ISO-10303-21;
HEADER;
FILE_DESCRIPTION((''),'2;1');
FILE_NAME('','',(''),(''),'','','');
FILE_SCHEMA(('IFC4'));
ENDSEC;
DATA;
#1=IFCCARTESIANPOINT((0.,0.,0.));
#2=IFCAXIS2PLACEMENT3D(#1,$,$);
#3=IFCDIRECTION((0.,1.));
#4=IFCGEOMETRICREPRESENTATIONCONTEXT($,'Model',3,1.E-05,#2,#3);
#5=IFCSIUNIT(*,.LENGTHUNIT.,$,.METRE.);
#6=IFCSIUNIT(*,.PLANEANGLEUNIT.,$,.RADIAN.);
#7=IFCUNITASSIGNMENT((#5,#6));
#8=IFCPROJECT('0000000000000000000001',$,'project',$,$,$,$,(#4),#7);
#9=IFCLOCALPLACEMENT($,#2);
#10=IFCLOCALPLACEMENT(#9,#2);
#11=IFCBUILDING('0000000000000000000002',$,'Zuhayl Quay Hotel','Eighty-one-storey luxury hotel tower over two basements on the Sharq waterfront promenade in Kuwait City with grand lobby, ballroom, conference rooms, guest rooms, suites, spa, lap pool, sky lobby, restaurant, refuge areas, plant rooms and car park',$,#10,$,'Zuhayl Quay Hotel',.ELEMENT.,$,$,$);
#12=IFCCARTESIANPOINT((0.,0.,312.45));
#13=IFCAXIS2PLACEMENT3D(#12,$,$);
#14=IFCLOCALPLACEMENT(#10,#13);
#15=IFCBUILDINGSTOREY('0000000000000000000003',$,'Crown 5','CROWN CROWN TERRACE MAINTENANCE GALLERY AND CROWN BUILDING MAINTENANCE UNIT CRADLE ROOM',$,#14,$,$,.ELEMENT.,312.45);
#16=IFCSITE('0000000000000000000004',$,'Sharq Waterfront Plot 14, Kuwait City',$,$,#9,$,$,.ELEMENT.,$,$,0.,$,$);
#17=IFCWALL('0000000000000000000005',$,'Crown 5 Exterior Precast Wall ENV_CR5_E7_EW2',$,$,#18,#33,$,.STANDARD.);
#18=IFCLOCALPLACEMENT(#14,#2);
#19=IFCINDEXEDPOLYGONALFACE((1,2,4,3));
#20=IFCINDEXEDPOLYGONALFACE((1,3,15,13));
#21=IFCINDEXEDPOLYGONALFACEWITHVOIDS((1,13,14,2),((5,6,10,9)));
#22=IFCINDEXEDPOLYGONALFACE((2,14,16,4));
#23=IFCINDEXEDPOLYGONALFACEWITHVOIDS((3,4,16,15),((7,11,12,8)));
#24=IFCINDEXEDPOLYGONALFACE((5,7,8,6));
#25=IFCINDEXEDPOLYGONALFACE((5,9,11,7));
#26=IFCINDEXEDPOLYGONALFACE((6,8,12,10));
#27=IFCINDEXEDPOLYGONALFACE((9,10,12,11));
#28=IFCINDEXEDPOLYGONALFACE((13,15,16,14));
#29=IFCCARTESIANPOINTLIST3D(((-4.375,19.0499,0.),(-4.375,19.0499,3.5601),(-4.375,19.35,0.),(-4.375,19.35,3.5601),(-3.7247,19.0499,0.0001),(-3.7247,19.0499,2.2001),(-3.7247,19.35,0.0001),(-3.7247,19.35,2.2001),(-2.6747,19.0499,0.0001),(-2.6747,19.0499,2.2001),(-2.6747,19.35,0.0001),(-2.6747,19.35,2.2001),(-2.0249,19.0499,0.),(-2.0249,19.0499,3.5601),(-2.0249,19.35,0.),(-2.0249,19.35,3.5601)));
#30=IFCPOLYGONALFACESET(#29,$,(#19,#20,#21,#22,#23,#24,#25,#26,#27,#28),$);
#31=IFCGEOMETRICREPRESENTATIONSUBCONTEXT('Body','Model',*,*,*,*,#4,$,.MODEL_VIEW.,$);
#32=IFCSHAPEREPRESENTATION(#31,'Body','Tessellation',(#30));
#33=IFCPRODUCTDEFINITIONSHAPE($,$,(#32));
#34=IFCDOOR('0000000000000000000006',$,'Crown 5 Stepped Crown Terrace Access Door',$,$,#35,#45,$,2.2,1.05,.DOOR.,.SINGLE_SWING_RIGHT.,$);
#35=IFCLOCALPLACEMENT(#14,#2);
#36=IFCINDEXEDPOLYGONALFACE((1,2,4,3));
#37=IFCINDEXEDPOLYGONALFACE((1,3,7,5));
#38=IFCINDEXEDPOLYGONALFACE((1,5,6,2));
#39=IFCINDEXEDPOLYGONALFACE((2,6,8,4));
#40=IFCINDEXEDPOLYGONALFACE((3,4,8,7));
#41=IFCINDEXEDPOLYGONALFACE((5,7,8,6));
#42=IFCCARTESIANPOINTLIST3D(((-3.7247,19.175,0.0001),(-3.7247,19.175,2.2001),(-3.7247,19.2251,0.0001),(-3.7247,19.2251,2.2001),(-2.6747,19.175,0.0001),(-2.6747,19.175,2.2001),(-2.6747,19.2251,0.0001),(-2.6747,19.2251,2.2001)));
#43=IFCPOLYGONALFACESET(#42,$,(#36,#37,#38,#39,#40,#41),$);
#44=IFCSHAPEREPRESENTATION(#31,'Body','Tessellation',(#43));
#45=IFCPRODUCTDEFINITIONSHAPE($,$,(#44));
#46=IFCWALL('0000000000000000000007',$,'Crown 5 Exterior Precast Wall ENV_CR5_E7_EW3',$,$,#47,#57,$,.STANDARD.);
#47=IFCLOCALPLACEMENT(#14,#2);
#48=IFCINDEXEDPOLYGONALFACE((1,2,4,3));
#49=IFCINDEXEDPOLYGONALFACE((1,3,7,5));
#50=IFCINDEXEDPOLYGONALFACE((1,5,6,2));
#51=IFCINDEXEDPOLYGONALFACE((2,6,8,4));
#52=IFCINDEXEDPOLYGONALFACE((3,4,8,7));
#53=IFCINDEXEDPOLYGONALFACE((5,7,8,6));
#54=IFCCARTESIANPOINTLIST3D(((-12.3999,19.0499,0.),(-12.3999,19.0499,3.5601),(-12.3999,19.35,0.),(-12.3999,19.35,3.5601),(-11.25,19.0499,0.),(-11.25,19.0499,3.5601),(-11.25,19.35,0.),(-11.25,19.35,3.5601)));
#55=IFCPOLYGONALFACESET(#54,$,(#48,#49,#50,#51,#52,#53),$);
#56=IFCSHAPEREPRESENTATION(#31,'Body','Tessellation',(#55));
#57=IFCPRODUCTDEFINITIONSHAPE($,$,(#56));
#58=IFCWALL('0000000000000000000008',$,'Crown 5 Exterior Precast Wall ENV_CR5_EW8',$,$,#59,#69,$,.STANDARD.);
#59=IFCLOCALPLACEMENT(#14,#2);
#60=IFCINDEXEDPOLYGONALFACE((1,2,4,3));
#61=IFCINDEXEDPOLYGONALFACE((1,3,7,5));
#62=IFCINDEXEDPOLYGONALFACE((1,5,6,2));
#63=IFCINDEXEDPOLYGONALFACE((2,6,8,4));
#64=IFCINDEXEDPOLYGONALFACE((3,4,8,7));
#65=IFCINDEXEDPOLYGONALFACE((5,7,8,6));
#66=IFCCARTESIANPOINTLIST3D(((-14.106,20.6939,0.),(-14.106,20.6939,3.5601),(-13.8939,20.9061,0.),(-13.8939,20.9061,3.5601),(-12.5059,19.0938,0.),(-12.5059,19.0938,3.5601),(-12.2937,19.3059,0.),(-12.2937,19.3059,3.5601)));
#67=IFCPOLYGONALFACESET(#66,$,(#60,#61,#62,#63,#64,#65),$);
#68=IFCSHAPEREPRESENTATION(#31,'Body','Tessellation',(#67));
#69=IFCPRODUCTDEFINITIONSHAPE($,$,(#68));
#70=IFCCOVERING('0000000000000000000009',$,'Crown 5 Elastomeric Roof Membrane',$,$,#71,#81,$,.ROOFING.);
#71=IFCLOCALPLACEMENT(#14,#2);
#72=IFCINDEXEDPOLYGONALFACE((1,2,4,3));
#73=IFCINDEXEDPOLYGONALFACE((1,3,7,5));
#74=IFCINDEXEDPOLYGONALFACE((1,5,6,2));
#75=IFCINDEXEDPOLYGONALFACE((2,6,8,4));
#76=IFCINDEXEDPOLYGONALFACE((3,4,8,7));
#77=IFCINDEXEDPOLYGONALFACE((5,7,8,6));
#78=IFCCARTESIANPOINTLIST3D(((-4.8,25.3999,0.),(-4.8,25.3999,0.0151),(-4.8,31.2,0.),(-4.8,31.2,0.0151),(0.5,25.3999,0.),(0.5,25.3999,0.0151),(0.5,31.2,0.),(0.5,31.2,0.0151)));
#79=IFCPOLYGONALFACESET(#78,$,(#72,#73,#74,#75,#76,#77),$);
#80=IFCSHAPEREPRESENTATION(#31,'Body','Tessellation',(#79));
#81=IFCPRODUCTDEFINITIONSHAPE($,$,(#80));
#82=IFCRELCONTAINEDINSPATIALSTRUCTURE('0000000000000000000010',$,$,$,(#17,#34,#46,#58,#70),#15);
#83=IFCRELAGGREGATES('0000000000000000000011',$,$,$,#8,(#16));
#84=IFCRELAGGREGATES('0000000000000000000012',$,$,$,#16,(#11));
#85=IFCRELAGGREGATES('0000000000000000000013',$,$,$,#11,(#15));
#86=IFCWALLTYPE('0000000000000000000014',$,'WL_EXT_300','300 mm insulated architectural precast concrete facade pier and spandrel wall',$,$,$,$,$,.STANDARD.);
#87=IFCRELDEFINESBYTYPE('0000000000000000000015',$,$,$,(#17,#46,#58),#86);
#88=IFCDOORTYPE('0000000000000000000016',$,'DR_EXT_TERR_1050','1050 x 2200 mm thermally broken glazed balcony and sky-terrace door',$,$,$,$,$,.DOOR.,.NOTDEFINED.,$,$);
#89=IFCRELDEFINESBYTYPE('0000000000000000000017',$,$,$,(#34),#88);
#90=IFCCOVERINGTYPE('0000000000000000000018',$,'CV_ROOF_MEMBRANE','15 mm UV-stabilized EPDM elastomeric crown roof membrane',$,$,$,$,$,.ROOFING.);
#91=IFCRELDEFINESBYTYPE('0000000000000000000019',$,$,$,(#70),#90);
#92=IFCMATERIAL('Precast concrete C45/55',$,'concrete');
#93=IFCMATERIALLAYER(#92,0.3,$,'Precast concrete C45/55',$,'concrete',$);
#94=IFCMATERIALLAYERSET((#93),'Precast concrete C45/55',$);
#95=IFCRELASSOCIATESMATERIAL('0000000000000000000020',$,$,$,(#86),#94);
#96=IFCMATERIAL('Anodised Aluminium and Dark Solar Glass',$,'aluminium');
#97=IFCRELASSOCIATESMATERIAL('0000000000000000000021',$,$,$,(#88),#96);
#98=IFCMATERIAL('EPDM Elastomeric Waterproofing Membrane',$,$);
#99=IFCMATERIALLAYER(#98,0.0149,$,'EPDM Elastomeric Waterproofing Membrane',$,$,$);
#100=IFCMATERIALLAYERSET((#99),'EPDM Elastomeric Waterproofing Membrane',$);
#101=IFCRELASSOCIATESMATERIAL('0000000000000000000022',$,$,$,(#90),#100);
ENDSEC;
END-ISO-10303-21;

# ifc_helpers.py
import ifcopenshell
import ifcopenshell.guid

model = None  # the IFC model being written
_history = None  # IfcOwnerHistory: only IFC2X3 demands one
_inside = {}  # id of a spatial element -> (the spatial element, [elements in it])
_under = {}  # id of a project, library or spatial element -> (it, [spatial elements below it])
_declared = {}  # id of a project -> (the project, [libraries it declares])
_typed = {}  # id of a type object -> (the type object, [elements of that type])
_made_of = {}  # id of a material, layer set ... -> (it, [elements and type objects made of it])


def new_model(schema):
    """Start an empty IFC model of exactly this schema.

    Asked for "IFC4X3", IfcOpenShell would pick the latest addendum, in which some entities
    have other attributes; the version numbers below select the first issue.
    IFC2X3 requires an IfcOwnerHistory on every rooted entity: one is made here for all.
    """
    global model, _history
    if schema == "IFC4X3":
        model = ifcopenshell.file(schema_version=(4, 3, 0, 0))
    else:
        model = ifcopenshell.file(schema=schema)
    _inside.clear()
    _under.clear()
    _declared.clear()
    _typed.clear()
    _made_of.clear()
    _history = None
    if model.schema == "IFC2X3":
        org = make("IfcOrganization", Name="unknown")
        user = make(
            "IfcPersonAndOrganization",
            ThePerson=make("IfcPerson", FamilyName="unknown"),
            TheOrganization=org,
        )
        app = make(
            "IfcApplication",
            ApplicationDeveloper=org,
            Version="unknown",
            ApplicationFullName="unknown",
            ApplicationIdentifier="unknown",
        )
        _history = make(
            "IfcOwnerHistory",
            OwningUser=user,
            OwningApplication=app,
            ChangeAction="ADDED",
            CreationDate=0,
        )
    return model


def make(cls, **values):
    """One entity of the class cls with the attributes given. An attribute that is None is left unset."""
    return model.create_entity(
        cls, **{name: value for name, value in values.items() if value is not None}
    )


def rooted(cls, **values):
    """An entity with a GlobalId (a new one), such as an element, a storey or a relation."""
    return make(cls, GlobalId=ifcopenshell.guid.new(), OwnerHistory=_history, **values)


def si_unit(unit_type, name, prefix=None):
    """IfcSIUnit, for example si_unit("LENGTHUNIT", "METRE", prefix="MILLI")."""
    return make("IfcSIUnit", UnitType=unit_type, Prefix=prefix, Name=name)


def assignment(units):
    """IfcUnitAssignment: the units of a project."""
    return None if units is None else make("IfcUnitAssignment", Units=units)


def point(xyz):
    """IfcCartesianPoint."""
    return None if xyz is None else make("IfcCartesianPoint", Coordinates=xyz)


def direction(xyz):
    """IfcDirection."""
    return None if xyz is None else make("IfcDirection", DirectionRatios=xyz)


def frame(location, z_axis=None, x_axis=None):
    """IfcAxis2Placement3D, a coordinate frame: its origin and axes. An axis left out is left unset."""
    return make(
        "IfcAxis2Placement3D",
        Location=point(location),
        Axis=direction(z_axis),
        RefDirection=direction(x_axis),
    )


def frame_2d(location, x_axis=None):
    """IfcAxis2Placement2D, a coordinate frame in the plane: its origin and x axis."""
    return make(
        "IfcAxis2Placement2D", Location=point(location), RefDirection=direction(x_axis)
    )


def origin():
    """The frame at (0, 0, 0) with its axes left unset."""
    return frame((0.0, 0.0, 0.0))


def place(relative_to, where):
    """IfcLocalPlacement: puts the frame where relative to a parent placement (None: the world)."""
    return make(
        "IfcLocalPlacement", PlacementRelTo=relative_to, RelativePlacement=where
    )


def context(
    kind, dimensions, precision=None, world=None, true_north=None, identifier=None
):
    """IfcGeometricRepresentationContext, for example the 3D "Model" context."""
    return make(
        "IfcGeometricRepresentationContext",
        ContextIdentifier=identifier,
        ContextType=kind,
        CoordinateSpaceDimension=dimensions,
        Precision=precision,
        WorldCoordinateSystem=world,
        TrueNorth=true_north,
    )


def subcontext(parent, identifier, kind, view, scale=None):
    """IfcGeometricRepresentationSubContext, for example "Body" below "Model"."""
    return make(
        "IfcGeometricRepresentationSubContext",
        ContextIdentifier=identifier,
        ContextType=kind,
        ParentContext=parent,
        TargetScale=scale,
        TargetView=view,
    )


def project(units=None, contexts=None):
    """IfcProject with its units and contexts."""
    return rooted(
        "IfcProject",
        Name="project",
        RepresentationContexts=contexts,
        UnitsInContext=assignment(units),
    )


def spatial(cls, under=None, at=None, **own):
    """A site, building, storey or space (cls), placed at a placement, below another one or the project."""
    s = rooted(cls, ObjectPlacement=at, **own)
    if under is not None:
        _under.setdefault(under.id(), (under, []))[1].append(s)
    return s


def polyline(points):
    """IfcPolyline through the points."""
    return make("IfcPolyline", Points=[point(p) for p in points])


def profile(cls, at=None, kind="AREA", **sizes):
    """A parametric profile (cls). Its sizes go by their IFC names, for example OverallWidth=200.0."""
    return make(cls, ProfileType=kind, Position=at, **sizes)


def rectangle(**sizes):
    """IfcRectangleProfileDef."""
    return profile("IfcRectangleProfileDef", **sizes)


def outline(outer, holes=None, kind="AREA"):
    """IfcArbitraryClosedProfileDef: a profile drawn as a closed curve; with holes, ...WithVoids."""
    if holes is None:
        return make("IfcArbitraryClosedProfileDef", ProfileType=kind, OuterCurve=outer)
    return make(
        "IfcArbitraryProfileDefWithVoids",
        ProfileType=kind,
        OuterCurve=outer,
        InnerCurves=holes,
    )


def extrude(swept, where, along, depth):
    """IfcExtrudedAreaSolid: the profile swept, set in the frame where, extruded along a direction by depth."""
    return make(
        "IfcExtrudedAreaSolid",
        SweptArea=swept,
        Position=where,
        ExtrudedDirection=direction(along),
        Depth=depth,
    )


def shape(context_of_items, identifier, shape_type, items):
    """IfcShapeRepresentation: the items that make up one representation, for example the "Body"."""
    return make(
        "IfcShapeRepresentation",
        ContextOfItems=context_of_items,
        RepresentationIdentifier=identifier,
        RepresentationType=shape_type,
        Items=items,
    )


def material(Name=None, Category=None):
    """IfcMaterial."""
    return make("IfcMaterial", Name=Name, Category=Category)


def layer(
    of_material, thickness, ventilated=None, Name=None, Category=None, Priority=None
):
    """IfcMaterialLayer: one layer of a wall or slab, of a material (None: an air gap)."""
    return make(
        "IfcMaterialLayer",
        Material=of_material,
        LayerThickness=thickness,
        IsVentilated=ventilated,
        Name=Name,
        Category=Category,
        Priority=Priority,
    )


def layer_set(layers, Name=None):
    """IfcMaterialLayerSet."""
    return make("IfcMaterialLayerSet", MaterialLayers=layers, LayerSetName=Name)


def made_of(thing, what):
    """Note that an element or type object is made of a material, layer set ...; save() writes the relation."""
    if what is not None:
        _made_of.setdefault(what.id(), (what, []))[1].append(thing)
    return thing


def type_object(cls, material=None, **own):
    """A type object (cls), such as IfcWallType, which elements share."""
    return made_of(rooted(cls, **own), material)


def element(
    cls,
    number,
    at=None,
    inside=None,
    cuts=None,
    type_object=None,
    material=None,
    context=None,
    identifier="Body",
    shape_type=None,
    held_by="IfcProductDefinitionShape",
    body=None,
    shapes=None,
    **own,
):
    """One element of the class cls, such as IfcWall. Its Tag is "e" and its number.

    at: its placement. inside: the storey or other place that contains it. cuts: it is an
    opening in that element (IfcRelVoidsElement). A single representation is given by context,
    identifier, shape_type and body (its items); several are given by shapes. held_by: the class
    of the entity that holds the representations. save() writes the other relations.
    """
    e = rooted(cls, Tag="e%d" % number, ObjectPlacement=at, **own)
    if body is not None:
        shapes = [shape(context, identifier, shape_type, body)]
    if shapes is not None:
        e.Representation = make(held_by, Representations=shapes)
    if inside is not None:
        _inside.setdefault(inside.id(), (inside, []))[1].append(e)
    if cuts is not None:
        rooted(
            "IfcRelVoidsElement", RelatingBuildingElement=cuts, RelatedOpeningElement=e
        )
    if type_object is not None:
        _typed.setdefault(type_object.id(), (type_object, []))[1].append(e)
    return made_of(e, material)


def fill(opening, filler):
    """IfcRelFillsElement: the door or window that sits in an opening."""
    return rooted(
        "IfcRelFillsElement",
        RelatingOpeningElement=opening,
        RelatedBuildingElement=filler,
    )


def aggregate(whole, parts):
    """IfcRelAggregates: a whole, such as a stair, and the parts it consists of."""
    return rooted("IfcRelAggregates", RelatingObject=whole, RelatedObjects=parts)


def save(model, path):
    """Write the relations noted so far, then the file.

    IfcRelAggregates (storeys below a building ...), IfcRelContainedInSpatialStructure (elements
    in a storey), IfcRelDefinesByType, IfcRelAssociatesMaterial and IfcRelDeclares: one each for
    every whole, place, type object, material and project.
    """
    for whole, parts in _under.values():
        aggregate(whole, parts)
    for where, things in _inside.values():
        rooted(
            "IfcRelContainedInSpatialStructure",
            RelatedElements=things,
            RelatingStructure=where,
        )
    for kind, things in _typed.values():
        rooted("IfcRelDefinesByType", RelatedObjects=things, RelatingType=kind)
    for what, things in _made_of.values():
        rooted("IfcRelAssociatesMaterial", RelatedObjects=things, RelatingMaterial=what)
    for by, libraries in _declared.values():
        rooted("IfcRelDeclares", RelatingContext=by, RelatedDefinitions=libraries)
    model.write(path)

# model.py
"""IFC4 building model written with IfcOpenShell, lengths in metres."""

from ifc_helpers import new_model, si_unit, direction, frame, frame_2d, origin, place, context, subcontext, project, spatial, polyline, rectangle, outline, extrude, material, layer, layer_set, type_object, element, fill, save


model = new_model("IFC4")

# Units and contexts
model_context = context("Model", 3, precision=1e-05, world=origin(), true_north=direction((0.0, 1.0)))
body_context = subcontext(model_context, "Body", "Model", "MODEL_VIEW")
ifc_project = project(units=[si_unit("LENGTHUNIT", "METRE"), si_unit("PLANEANGLEUNIT", "RADIAN")], contexts=[model_context])

# Site, building, storey
site_placement = place(None, origin())
site = spatial("IfcSite", under=ifc_project, at=site_placement, Name="Sharq Waterfront Plot 14, Kuwait City", CompositionType="ELEMENT", RefElevation=0.0)
building_placement = place(site_placement, origin())
building = spatial("IfcBuilding", under=site, at=building_placement, Name="Zuhayl Quay Hotel", Description="Eighty-one-storey luxury hotel tower over two basements on the Sharq waterfront promenade in Kuwait City with grand lobby, ballroom, conference rooms, guest rooms, suites, spa, lap pool, sky lobby, restaurant, refuge areas, plant rooms and car park", LongName="Zuhayl Quay Hotel", CompositionType="ELEMENT")
storey_placement = place(building_placement, frame((0.0, 0.0, 312.45)))
storey = spatial("IfcBuildingStorey", under=building, at=storey_placement, Name="Crown 5", Description="CROWN CROWN TERRACE MAINTENANCE GALLERY AND CROWN BUILDING MAINTENANCE UNIT CRADLE ROOM", CompositionType="ELEMENT", Elevation=312.45)

# Shared definitions
ifc_material_1 = material(Name="Precast concrete C45/55", Category="concrete")
ifc_layer_1 = layer(ifc_material_1, 0.3, Name="Precast concrete C45/55", Category="concrete")
ifc_layer_set_1 = layer_set([ifc_layer_1], Name="Precast concrete C45/55")
wall_type = type_object("IfcWallType", Name="WL_EXT_300", Description="300 mm insulated architectural precast concrete facade pier and spandrel wall", PredefinedType="STANDARD", material=ifc_layer_set_1)

# Wall, opening, door
wall_1_placement = place(storey_placement, frame((-2.0249, 19.2, 0.0), z_axis=(0.0, 0.0, 1.0), x_axis=(-1.0, 0.0, 0.0)))
wall_1 = element("IfcWall", 1, at=wall_1_placement, inside=storey, type_object=wall_type, Name="Crown 5 Exterior Precast Wall ENV_CR5_E7_EW2", PredefinedType="STANDARD", context=body_context, shape_type="SweptSolid", body=[
    extrude(rectangle(XDim=2.3501, YDim=0.3, at=frame_2d((1.175, 0.0))), origin(), (0.0, 0.0, 1.0), 3.5601),
])
opening_placement = place(wall_1_placement, frame((0.6499, 0.0, 0.0)))
opening = element("IfcOpeningElement", 2, at=opening_placement, cuts=wall_1, PredefinedType="OPENING", context=body_context, shape_type="SweptSolid", body=[
    extrude(rectangle(XDim=1.05, YDim=2.2, at=frame_2d((0.5249, 1.1001))), frame((0.0, 0.1599, 0.0), z_axis=(0.0, -1.0, 0.0), x_axis=(1.0, 0.0, 0.0)), (0.0, 0.0, 1.0), 0.3201),
])
ifc_material_2 = material(Name="Anodised Aluminium and Dark Solar Glass", Category="aluminium")
door_type = type_object("IfcDoorType", Name="DR_EXT_TERR_1050", Description="1050 x 2200 mm thermally broken glazed balcony and sky-terrace door", OperationType="NOTDEFINED", PredefinedType="DOOR", material=ifc_material_2)
door_placement = place(opening_placement, origin())
door = element("IfcDoor", 3, at=door_placement, inside=storey, type_object=door_type, Name="Crown 5 Stepped Crown Terrace Access Door", OperationType="SINGLE_SWING_RIGHT", OverallHeight=2.2, OverallWidth=1.05, PredefinedType="DOOR", context=body_context, shape_type="SweptSolid", body=[
    extrude(rectangle(XDim=1.05, YDim=2.2, at=frame_2d((0.5249, 1.1001))), frame((0.0, 0.0249, 0.0), z_axis=(0.0, -1.0, 0.0), x_axis=(1.0, 0.0, 0.0)), (0.0, 0.0, 1.0), 0.05),
])
fill(opening, door)

# Walls
wall_2_placement = place(storey_placement, frame((-11.25, 19.2, 0.0), z_axis=(0.0, 0.0, 1.0), x_axis=(-1.0, 0.0, 0.0)))
element("IfcWall", 4, at=wall_2_placement, inside=storey, type_object=wall_type, Name="Crown 5 Exterior Precast Wall ENV_CR5_E7_EW3", PredefinedType="STANDARD", context=body_context, shape_type="SweptSolid", body=[
    extrude(rectangle(XDim=1.1499, YDim=0.3, at=frame_2d((0.575, 0.0))), origin(), (0.0, 0.0, 1.0), 3.5601),
])
wall_3_placement = place(storey_placement, frame((-12.3999, 19.2, 0.0), z_axis=(0.0, 0.0, 1.0), x_axis=(-0.707107, 0.707107, 0.0)))
element("IfcWall", 5, at=wall_3_placement, inside=storey, type_object=wall_type, Name="Crown 5 Exterior Precast Wall ENV_CR5_EW8", PredefinedType="STANDARD", context=body_context, shape_type="SweptSolid", body=[
    extrude(rectangle(XDim=2.2629, YDim=0.3, at=frame_2d((1.1313, 0.0))), origin(), (0.0, 0.0, 1.0), 3.5601),
])

# Covering
ifc_material_3 = material(Name="EPDM Elastomeric Waterproofing Membrane")
ifc_layer_2 = layer(ifc_material_3, 0.0149, Name="EPDM Elastomeric Waterproofing Membrane")
ifc_layer_set_2 = layer_set([ifc_layer_2], Name="EPDM Elastomeric Waterproofing Membrane")
covering_type = type_object("IfcCoveringType", Name="CV_ROOF_MEMBRANE", Description="15 mm UV-stabilized EPDM elastomeric crown roof membrane", PredefinedType="ROOFING", material=ifc_layer_set_2)
covering_placement = place(storey_placement, origin())
element("IfcCovering", 6, at=covering_placement, inside=storey, type_object=covering_type, Name="Crown 5 Elastomeric Roof Membrane", PredefinedType="ROOFING", context=body_context, shape_type="SweptSolid", body=[
    extrude(outline(polyline([(-4.8, 25.3999), (0.5, 25.3999), (0.5, 31.2), (-4.8, 31.2), (-4.8, 25.3999)])), origin(), (0.0, 0.0, 1.0), 0.0151),
])

save(model, "model.ifc")
